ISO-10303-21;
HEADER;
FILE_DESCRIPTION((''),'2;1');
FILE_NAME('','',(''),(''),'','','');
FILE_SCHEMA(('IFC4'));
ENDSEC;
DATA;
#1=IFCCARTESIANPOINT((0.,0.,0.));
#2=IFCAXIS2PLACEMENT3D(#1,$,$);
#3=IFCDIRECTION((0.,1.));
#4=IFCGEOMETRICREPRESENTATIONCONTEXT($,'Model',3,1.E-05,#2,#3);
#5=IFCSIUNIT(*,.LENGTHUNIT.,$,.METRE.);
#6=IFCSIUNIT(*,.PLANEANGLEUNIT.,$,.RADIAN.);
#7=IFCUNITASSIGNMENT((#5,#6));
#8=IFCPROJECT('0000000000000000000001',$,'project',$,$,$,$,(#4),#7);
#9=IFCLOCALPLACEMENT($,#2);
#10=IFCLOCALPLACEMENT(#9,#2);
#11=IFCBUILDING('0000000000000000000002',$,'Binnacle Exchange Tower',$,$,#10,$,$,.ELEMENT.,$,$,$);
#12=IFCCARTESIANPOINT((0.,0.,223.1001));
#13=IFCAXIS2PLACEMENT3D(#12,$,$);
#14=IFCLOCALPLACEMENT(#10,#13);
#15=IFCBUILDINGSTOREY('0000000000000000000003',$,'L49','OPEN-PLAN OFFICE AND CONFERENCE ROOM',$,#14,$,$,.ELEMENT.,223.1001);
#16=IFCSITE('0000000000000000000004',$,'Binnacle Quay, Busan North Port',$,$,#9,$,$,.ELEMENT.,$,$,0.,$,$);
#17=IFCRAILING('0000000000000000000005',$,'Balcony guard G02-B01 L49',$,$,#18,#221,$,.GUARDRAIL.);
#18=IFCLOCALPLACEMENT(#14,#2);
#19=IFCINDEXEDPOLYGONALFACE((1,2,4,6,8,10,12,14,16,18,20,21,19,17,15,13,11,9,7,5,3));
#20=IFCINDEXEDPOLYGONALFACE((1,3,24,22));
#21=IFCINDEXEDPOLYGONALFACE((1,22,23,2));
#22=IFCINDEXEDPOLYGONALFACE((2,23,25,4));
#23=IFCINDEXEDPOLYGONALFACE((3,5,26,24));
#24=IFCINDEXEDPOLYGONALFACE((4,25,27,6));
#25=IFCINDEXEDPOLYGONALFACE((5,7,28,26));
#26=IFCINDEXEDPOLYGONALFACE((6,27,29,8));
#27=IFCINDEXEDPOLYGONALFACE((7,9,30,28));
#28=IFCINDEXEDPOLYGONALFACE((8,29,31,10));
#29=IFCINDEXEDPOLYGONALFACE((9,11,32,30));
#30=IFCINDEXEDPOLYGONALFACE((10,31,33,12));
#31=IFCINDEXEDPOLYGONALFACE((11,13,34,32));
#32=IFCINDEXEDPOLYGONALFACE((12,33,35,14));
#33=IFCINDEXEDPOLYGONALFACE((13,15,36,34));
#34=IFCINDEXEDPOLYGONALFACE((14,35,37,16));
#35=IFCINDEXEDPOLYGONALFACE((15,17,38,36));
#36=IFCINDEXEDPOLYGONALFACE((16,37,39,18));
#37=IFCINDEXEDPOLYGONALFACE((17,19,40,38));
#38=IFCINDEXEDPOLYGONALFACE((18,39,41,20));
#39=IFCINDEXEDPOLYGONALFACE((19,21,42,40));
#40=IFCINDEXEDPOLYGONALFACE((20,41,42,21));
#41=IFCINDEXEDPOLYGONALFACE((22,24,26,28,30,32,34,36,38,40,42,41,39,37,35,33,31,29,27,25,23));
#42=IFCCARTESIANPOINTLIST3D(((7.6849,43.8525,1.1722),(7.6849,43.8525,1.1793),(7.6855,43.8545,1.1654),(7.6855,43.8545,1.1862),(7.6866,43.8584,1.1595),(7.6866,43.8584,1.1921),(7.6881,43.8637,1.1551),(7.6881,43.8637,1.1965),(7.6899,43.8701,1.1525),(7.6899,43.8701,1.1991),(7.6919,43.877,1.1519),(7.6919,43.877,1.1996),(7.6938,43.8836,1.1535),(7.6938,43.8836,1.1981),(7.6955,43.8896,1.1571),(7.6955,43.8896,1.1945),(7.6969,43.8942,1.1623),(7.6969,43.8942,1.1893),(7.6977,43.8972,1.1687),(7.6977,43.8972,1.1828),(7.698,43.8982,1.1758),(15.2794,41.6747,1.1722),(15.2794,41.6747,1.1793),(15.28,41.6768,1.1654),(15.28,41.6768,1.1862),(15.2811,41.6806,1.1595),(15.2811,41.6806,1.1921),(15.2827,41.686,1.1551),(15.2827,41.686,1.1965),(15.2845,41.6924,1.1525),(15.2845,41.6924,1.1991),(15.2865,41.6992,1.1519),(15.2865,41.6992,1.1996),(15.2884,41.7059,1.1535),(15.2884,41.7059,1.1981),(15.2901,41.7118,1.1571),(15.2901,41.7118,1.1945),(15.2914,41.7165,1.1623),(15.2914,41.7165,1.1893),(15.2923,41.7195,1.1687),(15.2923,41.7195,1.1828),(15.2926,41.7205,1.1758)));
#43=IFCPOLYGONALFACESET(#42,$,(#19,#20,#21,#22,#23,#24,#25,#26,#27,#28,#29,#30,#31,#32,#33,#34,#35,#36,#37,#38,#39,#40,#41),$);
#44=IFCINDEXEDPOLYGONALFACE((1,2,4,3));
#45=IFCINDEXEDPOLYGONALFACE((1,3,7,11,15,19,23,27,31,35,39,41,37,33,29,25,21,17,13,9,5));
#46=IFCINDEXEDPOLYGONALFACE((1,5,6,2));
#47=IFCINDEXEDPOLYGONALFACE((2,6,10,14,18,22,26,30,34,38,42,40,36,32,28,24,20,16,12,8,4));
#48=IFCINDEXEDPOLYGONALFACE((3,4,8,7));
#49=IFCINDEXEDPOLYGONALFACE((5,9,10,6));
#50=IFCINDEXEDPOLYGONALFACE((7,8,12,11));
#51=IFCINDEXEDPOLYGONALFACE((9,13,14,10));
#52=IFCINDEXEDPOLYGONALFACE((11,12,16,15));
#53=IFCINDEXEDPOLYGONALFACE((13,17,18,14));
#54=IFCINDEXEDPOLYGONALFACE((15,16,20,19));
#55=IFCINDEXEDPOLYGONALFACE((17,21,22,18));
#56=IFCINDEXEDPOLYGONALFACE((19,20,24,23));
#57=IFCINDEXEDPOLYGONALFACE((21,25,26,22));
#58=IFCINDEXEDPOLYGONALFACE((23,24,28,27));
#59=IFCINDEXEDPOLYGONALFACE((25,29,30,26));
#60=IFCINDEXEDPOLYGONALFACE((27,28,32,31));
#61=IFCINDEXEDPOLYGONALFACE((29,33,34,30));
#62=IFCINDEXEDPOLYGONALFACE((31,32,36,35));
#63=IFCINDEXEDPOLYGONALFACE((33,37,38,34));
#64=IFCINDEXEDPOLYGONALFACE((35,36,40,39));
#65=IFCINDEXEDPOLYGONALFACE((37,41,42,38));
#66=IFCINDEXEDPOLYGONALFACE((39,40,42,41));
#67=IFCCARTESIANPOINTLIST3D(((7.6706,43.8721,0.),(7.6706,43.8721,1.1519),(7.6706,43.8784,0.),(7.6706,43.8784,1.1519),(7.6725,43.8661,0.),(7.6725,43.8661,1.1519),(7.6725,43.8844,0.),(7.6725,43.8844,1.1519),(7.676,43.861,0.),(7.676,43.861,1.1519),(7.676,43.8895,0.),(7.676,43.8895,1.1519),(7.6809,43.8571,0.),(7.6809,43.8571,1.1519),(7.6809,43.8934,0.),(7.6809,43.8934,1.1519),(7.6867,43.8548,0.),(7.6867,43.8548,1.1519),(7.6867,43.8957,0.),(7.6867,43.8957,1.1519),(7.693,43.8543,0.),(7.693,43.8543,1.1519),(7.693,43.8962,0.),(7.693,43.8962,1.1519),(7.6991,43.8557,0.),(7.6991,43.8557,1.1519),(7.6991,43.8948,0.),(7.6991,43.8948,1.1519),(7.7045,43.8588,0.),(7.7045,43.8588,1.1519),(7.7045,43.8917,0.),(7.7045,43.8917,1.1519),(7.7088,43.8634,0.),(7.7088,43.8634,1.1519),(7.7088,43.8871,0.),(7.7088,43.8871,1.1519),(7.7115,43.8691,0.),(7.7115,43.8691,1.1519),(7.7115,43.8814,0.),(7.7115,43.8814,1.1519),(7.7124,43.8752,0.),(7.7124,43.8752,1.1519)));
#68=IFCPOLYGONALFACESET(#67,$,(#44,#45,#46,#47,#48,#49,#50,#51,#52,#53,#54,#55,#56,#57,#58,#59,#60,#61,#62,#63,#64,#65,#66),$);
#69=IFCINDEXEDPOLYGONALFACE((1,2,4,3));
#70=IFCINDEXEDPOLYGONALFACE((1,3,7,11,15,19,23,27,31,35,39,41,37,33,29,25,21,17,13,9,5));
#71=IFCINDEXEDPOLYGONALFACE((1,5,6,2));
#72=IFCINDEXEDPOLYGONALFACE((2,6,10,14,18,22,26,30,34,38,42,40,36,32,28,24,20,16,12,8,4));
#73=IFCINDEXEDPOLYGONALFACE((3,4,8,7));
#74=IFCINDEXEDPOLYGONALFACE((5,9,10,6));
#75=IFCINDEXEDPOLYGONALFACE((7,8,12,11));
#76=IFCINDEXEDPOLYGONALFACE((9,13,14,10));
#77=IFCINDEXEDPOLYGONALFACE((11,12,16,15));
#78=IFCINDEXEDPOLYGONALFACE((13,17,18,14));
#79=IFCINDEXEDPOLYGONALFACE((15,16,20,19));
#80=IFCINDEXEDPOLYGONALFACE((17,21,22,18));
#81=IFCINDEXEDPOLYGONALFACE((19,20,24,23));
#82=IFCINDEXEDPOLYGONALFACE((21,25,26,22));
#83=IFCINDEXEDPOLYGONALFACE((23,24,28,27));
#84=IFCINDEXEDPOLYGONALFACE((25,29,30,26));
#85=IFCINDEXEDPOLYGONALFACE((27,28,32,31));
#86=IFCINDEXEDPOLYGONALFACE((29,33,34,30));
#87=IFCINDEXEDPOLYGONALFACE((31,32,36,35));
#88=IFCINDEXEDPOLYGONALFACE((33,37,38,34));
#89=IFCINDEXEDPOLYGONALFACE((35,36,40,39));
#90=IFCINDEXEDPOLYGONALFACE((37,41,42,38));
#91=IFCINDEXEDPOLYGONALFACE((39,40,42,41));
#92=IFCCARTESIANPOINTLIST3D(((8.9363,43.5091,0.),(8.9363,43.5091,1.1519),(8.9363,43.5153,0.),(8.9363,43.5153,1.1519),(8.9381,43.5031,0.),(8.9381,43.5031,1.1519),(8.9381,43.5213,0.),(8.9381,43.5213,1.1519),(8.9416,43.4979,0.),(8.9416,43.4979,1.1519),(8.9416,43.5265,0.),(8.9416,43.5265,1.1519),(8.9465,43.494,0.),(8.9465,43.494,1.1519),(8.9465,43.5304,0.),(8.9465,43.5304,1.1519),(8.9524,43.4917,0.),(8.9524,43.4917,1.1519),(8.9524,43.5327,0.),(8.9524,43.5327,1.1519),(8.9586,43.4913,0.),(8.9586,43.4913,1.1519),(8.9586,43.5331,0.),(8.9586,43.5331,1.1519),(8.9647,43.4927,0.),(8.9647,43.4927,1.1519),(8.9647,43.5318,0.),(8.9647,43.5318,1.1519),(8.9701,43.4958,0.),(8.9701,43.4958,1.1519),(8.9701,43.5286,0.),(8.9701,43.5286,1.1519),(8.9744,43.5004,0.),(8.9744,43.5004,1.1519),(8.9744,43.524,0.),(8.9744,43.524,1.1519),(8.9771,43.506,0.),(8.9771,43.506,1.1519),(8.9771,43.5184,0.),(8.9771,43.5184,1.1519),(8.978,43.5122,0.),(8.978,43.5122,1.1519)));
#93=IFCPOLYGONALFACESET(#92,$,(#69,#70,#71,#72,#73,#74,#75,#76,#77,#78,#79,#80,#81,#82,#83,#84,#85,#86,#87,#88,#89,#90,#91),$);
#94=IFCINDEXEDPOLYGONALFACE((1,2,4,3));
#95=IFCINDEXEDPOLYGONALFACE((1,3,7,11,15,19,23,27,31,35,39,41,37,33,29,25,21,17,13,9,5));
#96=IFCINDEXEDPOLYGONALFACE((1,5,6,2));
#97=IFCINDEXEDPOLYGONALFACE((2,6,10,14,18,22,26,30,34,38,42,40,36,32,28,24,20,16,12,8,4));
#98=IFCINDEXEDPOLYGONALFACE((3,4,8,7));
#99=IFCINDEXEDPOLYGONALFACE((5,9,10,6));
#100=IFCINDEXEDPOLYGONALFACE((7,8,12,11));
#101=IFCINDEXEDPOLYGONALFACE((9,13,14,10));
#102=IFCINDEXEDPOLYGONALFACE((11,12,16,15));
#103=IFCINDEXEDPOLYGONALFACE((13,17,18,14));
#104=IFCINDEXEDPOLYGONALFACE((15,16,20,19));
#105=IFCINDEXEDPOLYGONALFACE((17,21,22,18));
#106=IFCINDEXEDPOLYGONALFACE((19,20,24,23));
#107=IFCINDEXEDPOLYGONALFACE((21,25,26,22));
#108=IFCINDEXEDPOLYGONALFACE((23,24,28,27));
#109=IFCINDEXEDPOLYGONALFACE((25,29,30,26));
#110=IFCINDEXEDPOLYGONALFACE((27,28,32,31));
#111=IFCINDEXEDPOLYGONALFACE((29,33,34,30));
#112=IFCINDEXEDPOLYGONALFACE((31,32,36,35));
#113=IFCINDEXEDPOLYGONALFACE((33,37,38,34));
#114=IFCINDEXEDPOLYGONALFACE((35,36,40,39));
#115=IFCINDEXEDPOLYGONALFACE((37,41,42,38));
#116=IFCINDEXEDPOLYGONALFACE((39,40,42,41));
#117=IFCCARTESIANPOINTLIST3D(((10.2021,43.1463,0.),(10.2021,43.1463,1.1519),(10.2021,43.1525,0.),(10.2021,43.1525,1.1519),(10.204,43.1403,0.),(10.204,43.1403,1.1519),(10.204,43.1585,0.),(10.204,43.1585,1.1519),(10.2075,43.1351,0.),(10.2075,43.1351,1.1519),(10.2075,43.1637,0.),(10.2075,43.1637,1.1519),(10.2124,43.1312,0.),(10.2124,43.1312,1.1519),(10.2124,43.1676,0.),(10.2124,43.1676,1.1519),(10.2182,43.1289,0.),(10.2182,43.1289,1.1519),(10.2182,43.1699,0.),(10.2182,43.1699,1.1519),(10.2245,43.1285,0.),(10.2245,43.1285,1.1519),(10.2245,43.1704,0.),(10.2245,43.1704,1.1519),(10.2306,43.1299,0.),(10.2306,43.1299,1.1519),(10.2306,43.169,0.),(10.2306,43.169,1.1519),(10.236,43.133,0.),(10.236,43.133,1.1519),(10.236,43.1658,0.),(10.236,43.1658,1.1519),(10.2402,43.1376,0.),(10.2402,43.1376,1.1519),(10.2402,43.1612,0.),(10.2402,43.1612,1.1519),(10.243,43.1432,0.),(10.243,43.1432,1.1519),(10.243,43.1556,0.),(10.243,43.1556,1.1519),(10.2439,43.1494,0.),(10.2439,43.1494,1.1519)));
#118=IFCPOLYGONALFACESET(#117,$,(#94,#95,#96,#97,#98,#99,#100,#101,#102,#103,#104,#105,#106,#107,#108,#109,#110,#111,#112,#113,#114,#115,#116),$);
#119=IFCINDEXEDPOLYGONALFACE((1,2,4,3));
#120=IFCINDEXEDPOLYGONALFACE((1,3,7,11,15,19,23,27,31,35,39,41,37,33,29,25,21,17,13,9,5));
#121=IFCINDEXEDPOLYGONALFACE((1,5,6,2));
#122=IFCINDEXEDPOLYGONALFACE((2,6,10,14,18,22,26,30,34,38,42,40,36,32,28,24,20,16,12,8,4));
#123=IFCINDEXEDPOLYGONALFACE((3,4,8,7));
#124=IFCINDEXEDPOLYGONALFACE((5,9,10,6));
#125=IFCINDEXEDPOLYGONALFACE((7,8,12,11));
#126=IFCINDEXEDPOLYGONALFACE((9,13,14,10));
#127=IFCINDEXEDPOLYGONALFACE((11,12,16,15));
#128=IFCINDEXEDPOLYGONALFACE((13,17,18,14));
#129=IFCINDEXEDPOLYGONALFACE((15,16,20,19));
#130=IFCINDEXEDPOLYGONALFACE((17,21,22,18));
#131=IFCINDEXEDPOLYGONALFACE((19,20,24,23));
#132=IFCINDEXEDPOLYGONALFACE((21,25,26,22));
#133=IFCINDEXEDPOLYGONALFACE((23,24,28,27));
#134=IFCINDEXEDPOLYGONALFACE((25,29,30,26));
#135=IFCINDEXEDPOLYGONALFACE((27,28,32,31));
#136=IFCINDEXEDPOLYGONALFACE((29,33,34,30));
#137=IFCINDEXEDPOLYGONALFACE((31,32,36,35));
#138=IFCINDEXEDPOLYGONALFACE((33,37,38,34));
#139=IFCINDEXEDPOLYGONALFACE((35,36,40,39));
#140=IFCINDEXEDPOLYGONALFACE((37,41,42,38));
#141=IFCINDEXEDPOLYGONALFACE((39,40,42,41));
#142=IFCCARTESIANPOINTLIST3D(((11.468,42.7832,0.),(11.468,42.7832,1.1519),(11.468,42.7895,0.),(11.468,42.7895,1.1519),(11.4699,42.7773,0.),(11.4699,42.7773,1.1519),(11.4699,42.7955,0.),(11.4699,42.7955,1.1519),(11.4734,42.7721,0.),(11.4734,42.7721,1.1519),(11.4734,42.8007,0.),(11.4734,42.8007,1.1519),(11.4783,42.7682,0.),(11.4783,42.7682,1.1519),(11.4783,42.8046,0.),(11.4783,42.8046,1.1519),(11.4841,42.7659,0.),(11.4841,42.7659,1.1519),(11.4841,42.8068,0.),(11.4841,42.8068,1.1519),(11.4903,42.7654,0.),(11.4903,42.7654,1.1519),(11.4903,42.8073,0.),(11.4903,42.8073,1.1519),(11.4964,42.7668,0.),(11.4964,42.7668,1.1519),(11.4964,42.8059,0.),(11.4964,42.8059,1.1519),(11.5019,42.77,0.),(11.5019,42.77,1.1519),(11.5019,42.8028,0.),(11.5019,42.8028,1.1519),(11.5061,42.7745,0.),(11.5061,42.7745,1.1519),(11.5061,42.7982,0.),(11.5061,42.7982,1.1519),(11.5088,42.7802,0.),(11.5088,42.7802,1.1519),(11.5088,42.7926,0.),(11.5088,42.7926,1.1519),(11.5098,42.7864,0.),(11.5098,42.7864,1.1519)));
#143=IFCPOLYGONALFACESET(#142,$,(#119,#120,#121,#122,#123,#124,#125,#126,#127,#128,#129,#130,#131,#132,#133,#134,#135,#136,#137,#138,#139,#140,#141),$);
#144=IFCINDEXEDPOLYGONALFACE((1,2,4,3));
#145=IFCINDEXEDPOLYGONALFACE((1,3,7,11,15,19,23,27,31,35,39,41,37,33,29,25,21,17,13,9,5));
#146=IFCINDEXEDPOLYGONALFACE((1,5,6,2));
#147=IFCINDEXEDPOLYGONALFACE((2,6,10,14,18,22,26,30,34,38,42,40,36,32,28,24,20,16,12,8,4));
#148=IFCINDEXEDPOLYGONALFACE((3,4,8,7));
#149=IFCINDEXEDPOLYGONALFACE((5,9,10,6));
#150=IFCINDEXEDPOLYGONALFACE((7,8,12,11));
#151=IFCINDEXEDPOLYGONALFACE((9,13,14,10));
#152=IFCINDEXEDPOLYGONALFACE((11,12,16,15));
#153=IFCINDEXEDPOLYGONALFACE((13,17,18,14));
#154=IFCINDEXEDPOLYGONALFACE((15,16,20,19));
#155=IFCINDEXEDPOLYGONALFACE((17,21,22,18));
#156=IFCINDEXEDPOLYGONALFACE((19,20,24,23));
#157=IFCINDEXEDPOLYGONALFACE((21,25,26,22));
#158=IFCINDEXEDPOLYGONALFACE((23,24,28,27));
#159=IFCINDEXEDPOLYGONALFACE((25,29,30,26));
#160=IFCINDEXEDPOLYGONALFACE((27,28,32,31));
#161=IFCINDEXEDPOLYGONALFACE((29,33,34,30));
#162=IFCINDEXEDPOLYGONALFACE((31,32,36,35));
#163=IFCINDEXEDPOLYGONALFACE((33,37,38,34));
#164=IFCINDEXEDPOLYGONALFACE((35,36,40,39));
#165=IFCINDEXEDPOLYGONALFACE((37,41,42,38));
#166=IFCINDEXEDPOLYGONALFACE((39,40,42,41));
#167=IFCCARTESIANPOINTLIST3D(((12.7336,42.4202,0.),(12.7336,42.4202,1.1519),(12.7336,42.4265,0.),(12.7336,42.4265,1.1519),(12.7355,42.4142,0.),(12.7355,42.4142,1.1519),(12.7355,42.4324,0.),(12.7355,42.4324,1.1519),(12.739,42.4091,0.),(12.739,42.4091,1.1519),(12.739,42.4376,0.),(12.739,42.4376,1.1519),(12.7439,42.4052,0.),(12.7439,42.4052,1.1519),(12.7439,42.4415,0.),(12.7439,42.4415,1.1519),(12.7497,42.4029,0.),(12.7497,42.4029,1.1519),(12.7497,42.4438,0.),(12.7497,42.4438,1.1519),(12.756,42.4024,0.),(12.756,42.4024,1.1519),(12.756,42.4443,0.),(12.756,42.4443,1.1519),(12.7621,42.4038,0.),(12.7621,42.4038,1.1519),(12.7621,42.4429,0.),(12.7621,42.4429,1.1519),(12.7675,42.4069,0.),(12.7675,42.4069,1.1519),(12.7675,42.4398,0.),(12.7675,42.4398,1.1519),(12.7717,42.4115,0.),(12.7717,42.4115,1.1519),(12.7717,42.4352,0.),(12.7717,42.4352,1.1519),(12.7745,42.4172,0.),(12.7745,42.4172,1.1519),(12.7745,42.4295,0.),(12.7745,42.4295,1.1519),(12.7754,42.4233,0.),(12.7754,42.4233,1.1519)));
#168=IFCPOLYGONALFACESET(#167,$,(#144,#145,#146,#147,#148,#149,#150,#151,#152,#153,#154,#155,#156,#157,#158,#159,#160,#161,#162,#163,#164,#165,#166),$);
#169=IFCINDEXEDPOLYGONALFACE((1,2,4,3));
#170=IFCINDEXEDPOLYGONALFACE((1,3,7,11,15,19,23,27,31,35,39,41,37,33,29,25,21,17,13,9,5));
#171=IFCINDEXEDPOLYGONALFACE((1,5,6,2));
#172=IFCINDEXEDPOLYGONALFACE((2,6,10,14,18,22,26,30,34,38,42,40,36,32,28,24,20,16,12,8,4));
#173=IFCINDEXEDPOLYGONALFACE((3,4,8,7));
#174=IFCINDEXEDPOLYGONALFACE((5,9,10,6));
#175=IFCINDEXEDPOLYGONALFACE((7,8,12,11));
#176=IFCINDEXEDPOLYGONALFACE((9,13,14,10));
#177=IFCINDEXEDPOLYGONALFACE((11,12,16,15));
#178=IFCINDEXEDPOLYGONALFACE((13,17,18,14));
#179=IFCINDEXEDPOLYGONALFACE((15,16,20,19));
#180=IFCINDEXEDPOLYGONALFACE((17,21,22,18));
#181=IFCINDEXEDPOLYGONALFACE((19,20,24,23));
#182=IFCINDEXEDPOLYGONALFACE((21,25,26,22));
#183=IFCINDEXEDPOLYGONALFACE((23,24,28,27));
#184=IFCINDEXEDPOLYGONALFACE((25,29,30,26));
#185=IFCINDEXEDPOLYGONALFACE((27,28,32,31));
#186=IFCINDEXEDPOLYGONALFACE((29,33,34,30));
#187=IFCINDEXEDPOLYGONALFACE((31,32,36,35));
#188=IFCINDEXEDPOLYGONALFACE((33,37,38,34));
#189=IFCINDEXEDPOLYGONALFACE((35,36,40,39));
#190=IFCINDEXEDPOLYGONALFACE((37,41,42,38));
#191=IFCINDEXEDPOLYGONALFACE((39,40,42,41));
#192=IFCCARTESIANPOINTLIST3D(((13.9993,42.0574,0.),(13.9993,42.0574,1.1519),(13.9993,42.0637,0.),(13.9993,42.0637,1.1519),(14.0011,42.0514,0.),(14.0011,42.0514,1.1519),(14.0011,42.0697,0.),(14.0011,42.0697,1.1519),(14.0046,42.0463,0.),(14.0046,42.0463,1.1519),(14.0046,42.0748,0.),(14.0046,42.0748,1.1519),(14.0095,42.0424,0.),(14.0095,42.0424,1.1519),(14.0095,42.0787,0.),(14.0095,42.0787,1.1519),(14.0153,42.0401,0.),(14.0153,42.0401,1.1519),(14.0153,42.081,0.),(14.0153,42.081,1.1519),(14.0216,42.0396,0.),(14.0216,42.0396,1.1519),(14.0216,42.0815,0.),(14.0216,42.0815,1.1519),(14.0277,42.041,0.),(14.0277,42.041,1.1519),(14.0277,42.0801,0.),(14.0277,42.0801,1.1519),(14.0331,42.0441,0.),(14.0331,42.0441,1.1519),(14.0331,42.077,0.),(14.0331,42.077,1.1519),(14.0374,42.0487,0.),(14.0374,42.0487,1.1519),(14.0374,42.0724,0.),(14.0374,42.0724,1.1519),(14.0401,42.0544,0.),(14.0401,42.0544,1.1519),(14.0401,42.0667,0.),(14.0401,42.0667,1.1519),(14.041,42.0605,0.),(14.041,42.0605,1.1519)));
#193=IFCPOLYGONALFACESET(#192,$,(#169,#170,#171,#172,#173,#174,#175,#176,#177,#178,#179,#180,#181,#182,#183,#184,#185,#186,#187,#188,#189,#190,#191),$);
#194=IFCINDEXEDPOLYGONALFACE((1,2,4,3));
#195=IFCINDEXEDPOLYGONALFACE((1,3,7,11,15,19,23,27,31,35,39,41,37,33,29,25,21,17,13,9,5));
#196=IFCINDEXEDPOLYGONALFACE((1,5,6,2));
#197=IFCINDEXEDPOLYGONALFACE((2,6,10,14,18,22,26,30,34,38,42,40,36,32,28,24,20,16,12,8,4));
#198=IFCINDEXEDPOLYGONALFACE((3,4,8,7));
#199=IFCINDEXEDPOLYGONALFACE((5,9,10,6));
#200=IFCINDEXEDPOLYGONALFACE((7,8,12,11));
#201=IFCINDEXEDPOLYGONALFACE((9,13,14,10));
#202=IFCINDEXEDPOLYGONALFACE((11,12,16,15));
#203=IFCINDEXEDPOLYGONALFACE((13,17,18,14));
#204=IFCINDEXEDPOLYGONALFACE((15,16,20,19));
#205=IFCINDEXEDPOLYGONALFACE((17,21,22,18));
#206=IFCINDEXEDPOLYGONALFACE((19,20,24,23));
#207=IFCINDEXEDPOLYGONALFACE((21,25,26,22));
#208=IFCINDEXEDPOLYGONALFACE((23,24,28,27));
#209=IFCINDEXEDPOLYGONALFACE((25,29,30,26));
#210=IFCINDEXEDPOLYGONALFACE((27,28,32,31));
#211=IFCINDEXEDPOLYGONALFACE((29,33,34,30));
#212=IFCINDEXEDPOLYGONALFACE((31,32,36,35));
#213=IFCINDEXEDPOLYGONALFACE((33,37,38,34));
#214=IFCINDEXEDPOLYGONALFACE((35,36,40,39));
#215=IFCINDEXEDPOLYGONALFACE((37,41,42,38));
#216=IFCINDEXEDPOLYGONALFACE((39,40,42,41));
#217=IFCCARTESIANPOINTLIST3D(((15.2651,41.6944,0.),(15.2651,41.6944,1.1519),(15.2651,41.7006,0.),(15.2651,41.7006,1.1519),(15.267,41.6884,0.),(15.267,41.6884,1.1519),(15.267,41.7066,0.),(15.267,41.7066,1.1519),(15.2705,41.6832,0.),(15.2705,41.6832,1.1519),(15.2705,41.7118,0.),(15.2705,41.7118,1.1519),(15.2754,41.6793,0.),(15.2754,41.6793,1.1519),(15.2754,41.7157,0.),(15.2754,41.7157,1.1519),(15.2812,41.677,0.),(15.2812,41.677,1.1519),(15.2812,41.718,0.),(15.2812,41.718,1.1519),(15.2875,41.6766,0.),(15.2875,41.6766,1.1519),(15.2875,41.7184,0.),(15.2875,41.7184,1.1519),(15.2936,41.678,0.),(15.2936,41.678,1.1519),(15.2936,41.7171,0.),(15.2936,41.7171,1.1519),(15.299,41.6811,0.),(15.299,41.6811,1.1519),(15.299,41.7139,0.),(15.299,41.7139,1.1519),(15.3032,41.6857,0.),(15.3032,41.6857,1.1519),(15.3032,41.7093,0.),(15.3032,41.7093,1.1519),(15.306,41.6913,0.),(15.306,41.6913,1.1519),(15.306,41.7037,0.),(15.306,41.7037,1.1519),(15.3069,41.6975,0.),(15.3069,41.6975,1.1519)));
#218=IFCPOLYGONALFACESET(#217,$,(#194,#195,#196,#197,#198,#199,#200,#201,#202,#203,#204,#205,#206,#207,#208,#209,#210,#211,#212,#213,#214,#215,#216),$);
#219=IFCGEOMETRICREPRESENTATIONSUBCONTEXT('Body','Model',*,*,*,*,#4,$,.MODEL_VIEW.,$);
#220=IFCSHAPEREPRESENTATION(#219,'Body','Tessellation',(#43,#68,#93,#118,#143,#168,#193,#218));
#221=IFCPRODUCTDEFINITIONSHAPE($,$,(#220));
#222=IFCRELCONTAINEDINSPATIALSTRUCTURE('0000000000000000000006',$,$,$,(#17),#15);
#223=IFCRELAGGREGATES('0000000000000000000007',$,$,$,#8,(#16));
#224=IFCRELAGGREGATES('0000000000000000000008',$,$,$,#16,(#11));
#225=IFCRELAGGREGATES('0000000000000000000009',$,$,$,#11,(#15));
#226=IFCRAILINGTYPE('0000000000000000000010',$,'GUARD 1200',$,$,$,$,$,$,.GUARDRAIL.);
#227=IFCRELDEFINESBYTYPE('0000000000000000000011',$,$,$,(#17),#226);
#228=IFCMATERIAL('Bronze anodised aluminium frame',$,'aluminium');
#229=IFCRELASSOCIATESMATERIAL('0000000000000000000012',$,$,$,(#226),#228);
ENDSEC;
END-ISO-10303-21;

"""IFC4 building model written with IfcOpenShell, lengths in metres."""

from ifc_helpers import new_model, si_unit, direction, frame, origin, origin_2d, place, context, subcontext, project, spatial, circle, extrude, material, type_object, element, save


model = new_model("IFC4")

# Units and contexts
model_context = context("Model", 3, precision=1e-05, world=origin(), true_north=direction((0.0, 1.0)))
body_context = subcontext(model_context, "Body", "Model", "MODEL_VIEW")
ifc_project = project(units=[si_unit("LENGTHUNIT", "METRE"), si_unit("PLANEANGLEUNIT", "RADIAN")], contexts=[model_context])

# Site, building, storey
site_placement = place(None, origin())
site = spatial("IfcSite", under=ifc_project, at=site_placement, Name="Binnacle Quay, Busan North Port", CompositionType="ELEMENT", RefElevation=0.0)
building_placement = place(site_placement, origin())
building = spatial("IfcBuilding", under=site, at=building_placement, Name="Binnacle Exchange Tower", CompositionType="ELEMENT")
storey_placement = place(building_placement, frame((0.0, 0.0, 223.1001)))
storey = spatial("IfcBuildingStorey", under=building, at=storey_placement, Name="L49", Description="OPEN-PLAN OFFICE AND CONFERENCE ROOM", CompositionType="ELEMENT", Elevation=223.1001)

# Shared definitions
ifc_material_1 = material(Name="Bronze anodised aluminium frame", Category="aluminium")

# Railing
railing_type = type_object("IfcRailingType", Name="GUARD 1200", PredefinedType="GUARDRAIL", material=ifc_material_1)
railing_1_placement = place(storey_placement, frame((7.6914, 43.8752, 0.0)))
element("IfcRailing", 1, at=railing_1_placement, inside=storey, type_object=railing_type, Name="Balcony guard G02-B01 L49", PredefinedType="GUARDRAIL", context=body_context, shape_type="SweptSolid", body=[
    extrude(circle(Radius=0.0239, at=origin_2d()), frame((0.0, 0.0, 1.1758), z_axis=(0.96126, -0.275643, 0.0), x_axis=(0.275643, 0.96126, 0.0)), (0.0, 0.0, 1.0), 7.9006),
    extrude(circle(Radius=0.021, at=origin_2d()), origin(), (0.0, 0.0, 1.0), 1.1519),
    extrude(circle(Radius=0.021, at=origin_2d()), frame((1.2656, -0.363, 0.0)), (0.0, 0.0, 1.0), 1.1519),
    extrude(circle(Radius=0.021, at=origin_2d()), frame((2.5315, -0.7258, 0.0)), (0.0, 0.0, 1.0), 1.1519),
    extrude(circle(Radius=0.021, at=origin_2d()), frame((3.7974, -1.0889, 0.0)), (0.0, 0.0, 1.0), 1.1519),
    extrude(circle(Radius=0.021, at=origin_2d()), frame((5.063, -1.4519, 0.0)), (0.0, 0.0, 1.0), 1.1519),
    extrude(circle(Radius=0.021, at=origin_2d()), frame((6.3286, -1.8147, 0.0)), (0.0, 0.0, 1.0), 1.1519),
    extrude(circle(Radius=0.021, at=origin_2d()), frame((7.5945, -2.1777, 0.0)), (0.0, 0.0, 1.0), 1.1519),
])

save(model, "model.ifc")
